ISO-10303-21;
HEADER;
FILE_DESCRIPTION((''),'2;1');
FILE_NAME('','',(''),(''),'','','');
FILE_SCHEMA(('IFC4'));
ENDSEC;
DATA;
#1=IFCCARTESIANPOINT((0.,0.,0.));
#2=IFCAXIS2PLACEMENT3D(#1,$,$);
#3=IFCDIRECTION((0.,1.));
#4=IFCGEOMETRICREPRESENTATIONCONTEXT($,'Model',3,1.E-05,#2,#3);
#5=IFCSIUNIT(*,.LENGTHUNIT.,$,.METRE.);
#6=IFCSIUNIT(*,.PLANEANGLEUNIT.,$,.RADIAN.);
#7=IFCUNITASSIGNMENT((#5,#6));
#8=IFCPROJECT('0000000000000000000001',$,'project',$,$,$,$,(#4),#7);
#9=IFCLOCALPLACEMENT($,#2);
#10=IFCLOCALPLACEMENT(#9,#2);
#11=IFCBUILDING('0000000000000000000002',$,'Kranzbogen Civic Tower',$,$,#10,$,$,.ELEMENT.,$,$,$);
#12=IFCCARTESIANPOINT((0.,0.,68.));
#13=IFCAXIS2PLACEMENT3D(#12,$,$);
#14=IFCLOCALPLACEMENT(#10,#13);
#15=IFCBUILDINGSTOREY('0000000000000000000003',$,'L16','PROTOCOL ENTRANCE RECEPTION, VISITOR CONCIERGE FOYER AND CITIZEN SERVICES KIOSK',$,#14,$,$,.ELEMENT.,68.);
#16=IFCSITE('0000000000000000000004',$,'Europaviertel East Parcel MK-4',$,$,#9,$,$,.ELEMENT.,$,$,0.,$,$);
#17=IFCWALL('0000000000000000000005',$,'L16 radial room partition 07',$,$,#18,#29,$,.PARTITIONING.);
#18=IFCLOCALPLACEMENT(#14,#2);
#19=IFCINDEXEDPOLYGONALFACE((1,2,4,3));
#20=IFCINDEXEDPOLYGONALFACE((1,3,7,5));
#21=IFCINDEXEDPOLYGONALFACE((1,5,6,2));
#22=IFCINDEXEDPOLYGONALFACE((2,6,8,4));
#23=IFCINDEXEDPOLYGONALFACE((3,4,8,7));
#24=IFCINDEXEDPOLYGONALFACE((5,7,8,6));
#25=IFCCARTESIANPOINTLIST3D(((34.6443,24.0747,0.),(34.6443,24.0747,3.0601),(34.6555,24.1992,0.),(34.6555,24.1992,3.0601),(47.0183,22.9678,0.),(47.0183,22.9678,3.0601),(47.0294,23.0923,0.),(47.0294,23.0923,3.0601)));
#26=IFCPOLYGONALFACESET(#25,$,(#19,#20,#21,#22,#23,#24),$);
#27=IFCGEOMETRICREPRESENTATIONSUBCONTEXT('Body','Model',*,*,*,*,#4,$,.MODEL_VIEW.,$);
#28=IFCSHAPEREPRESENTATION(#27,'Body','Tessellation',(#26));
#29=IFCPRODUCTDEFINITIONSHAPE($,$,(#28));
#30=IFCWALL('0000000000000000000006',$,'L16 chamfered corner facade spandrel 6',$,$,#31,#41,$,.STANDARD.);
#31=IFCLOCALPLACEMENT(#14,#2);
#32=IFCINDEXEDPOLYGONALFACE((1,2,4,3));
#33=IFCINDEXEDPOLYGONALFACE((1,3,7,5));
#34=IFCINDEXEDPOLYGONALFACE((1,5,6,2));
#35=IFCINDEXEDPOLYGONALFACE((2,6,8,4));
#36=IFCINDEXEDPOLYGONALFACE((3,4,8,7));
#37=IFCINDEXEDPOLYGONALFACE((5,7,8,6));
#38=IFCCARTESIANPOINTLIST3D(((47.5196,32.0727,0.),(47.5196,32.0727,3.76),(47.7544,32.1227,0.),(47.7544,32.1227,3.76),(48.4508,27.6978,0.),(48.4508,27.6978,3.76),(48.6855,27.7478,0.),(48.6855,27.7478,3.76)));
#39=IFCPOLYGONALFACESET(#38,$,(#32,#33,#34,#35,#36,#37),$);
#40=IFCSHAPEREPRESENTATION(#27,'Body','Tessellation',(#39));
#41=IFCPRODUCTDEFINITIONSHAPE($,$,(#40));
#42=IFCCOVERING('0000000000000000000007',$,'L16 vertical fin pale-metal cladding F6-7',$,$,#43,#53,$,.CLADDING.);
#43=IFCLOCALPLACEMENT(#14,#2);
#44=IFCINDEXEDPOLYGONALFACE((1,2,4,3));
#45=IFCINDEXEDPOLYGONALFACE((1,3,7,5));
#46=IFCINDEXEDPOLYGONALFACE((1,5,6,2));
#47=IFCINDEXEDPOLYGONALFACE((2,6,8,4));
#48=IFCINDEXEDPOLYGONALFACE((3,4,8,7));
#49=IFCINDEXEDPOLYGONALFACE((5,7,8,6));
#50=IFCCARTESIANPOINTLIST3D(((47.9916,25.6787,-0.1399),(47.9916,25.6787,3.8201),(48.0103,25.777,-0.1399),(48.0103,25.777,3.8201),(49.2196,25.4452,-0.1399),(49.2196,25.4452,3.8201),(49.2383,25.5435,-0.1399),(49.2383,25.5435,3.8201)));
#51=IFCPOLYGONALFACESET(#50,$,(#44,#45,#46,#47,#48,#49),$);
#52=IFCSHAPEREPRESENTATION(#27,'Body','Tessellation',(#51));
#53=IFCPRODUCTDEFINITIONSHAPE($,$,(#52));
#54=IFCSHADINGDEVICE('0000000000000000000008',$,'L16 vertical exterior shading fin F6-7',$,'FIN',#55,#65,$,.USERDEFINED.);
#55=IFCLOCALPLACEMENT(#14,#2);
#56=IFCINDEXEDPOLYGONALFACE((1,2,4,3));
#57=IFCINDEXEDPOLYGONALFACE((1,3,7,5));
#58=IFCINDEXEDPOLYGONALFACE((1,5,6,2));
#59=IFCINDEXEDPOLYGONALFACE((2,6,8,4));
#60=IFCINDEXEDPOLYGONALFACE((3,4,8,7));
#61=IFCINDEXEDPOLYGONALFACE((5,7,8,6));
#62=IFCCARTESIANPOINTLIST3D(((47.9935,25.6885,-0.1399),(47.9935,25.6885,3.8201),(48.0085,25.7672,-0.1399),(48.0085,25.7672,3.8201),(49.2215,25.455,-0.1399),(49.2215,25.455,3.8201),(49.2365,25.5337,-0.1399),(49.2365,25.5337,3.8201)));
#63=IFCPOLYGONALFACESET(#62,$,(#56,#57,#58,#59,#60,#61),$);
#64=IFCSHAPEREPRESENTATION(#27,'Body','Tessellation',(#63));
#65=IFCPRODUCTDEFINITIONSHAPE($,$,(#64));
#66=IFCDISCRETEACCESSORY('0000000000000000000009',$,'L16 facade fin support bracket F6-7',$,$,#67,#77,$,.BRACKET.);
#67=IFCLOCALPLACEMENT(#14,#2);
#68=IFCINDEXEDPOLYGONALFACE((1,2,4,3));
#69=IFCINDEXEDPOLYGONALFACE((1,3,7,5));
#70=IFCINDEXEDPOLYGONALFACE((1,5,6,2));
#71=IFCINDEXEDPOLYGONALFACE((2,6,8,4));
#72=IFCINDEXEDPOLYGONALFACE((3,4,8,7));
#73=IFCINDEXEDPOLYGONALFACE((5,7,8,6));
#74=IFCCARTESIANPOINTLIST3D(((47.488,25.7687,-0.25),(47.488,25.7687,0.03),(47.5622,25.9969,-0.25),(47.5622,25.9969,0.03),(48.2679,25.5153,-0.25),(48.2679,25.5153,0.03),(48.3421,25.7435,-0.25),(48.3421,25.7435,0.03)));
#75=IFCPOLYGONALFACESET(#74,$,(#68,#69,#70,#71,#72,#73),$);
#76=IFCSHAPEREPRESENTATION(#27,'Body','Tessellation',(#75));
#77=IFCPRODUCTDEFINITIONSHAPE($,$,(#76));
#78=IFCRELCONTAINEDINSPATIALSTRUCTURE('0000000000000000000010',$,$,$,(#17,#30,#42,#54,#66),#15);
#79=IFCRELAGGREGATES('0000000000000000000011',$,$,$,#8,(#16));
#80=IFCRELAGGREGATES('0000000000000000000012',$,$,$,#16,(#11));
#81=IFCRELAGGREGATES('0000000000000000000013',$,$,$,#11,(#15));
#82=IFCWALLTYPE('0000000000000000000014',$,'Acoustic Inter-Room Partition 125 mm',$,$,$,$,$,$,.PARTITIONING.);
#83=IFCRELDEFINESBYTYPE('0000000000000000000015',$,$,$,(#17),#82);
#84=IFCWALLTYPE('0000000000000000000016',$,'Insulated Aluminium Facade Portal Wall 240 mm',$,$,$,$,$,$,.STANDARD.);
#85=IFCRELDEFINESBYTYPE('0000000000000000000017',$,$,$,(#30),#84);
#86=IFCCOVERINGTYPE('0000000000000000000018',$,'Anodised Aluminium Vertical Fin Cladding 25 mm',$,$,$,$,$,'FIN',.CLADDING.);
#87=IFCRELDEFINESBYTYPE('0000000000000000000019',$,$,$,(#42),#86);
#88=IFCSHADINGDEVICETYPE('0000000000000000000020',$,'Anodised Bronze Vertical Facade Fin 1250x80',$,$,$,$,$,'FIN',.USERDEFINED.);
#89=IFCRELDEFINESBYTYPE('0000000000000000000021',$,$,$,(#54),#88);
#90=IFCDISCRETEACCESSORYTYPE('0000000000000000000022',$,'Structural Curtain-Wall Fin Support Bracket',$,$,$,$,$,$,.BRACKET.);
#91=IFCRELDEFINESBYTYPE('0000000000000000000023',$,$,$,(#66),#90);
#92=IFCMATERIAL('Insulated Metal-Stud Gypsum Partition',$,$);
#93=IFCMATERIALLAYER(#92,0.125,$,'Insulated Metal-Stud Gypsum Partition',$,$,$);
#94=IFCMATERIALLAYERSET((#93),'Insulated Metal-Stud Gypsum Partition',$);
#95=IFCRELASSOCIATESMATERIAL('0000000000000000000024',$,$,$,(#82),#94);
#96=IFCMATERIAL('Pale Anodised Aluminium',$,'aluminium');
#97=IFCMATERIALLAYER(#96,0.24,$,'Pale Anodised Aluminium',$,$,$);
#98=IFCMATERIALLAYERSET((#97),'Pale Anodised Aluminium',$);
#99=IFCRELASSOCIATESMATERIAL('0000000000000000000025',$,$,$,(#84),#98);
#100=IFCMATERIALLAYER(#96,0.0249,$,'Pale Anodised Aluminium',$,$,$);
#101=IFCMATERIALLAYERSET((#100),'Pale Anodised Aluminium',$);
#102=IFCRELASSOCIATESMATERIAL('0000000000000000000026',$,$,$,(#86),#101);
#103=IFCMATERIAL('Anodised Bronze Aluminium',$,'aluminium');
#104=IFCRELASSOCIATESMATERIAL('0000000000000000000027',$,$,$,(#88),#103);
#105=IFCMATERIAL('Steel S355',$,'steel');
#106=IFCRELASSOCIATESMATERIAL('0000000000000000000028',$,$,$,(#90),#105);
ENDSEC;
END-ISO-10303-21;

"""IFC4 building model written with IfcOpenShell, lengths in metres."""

from ifc_helpers import new_model, si_unit, direction, frame, frame_2d, origin, origin_2d, place, context, subcontext, project, spatial, rectangle, extrude, material, layer, layer_set, type_object, element, save


model = new_model("IFC4")

# Units and contexts
model_context = context("Model", 3, precision=1e-05, world=origin(), true_north=direction((0.0, 1.0)))
body_context = subcontext(model_context, "Body", "Model", "MODEL_VIEW")
ifc_project = project(units=[si_unit("LENGTHUNIT", "METRE"), si_unit("PLANEANGLEUNIT", "RADIAN")], contexts=[model_context])

# Site, building, storey
site_placement = place(None, origin())
site = spatial("IfcSite", under=ifc_project, at=site_placement, Name="Europaviertel East Parcel MK-4", CompositionType="ELEMENT", RefElevation=0.0)
building_placement = place(site_placement, origin())
building = spatial("IfcBuilding", under=site, at=building_placement, Name="Kranzbogen Civic Tower", CompositionType="ELEMENT")
storey_placement = place(building_placement, frame((0.0, 0.0, 68.0)))
storey = spatial("IfcBuildingStorey", under=building, at=storey_placement, Name="L16", Description="PROTOCOL ENTRANCE RECEPTION, VISITOR CONCIERGE FOYER AND CITIZEN SERVICES KIOSK", CompositionType="ELEMENT", Elevation=68.0)

# Shared definitions
ifc_material_1 = material(Name="Steel S355", Category="steel")

# Shared definitions
ifc_material_2 = material(Name="Pale Anodised Aluminium", Category="aluminium")

# Walls
ifc_material_3 = material(Name="Insulated Metal-Stud Gypsum Partition")
ifc_layer_1 = layer(ifc_material_3, 0.125, Name="Insulated Metal-Stud Gypsum Partition")
ifc_layer_set_1 = layer_set([ifc_layer_1], Name="Insulated Metal-Stud Gypsum Partition")
wall_type_1 = type_object("IfcWallType", Name="Acoustic Inter-Room Partition 125 mm", PredefinedType="PARTITIONING", material=ifc_layer_set_1)
wall_1_placement = place(storey_placement, frame((34.6499, 24.137, 0.0), z_axis=(0.0, 0.0, 1.0), x_axis=(0.996023, -0.0891, 0.0)))
element("IfcWall", 1, at=wall_1_placement, inside=storey, type_object=wall_type_1, Name="L16 radial room partition 07", PredefinedType="PARTITIONING", context=body_context, shape_type="SweptSolid", body=[
    extrude(rectangle(XDim=12.4233, YDim=0.125, at=frame_2d((6.2117, 0.0))), origin(), (0.0, 0.0, 1.0), 3.0601),
])
ifc_layer_2 = layer(ifc_material_2, 0.24, Name="Pale Anodised Aluminium")
ifc_layer_set_2 = layer_set([ifc_layer_2], Name="Pale Anodised Aluminium")
wall_type_2 = type_object("IfcWallType", Name="Insulated Aluminium Facade Portal Wall 240 mm", PredefinedType="STANDARD", material=ifc_layer_set_2)
wall_2_placement = place(storey_placement, frame((48.5681, 27.7229, 0.0), z_axis=(0.0, 0.0, 1.0), x_axis=(-0.208172, 0.978092, 0.0)))
element("IfcWall", 2, at=wall_2_placement, inside=storey, type_object=wall_type_2, Name="L16 chamfered corner facade spandrel 6", PredefinedType="STANDARD", context=body_context, shape_type="SweptSolid", body=[
    extrude(rectangle(XDim=4.4729, YDim=0.24, at=frame_2d((2.2363, 0.0))), origin(), (0.0, 0.0, 1.0), 3.76),
])

# Covering
ifc_layer_3 = layer(ifc_material_2, 0.0249, Name="Pale Anodised Aluminium")
ifc_layer_set_3 = layer_set([ifc_layer_3], Name="Pale Anodised Aluminium")
covering_type = type_object("IfcCoveringType", Name="Anodised Aluminium Vertical Fin Cladding 25 mm", ElementType="FIN", PredefinedType="CLADDING", material=ifc_layer_set_3)
covering_placement = place(storey_placement, frame((48.615, 25.6111, -0.1399), z_axis=(0.0, 0.0, 1.0), x_axis=(0.982395, -0.186816, 0.0)))
element("IfcCovering", 3, at=covering_placement, inside=storey, type_object=covering_type, Name="L16 vertical fin pale-metal cladding F6-7", PredefinedType="CLADDING", context=body_context, shape_type="SweptSolid", body=[
    extrude(rectangle(XDim=1.25, YDim=0.1001, at=origin_2d()), origin(), (0.0, 0.0, 1.0), 3.96),
])

# Shading device
ifc_material_4 = material(Name="Anodised Bronze Aluminium", Category="aluminium")
shading_device_type = type_object("IfcShadingDeviceType", Name="Anodised Bronze Vertical Facade Fin 1250x80", ElementType="FIN", PredefinedType="USERDEFINED", material=ifc_material_4)
shading_device_placement = place(storey_placement, frame((48.615, 25.6111, -0.1399), z_axis=(0.0, 0.0, 1.0), x_axis=(0.982395, -0.186816, 0.0)))
element("IfcShadingDevice", 4, at=shading_device_placement, inside=storey, type_object=shading_device_type, Name="L16 vertical exterior shading fin F6-7", ObjectType="FIN", PredefinedType="USERDEFINED", context=body_context, shape_type="SweptSolid", body=[
    extrude(rectangle(XDim=1.25, YDim=0.0801, at=origin_2d()), origin(), (0.0, 0.0, 1.0), 3.96),
])

# Discrete accessory
discrete_accessory_type = type_object("IfcDiscreteAccessoryType", Name="Structural Curtain-Wall Fin Support Bracket", PredefinedType="BRACKET", material=ifc_material_1)
discrete_accessory_placement = place(storey_placement, frame((47.915, 25.7561, -0.25), z_axis=(0.0, 0.0, 1.0), x_axis=(0.951057, -0.309017, 0.0)))
element("IfcDiscreteAccessory", 5, at=discrete_accessory_placement, inside=storey, type_object=discrete_accessory_type, Name="L16 facade fin support bracket F6-7", PredefinedType="BRACKET", context=body_context, shape_type="SweptSolid", body=[
    extrude(rectangle(XDim=0.8201, YDim=0.24, at=origin_2d()), origin(), (0.0, 0.0, 1.0), 0.28),
])

save(model, "model.ifc")
